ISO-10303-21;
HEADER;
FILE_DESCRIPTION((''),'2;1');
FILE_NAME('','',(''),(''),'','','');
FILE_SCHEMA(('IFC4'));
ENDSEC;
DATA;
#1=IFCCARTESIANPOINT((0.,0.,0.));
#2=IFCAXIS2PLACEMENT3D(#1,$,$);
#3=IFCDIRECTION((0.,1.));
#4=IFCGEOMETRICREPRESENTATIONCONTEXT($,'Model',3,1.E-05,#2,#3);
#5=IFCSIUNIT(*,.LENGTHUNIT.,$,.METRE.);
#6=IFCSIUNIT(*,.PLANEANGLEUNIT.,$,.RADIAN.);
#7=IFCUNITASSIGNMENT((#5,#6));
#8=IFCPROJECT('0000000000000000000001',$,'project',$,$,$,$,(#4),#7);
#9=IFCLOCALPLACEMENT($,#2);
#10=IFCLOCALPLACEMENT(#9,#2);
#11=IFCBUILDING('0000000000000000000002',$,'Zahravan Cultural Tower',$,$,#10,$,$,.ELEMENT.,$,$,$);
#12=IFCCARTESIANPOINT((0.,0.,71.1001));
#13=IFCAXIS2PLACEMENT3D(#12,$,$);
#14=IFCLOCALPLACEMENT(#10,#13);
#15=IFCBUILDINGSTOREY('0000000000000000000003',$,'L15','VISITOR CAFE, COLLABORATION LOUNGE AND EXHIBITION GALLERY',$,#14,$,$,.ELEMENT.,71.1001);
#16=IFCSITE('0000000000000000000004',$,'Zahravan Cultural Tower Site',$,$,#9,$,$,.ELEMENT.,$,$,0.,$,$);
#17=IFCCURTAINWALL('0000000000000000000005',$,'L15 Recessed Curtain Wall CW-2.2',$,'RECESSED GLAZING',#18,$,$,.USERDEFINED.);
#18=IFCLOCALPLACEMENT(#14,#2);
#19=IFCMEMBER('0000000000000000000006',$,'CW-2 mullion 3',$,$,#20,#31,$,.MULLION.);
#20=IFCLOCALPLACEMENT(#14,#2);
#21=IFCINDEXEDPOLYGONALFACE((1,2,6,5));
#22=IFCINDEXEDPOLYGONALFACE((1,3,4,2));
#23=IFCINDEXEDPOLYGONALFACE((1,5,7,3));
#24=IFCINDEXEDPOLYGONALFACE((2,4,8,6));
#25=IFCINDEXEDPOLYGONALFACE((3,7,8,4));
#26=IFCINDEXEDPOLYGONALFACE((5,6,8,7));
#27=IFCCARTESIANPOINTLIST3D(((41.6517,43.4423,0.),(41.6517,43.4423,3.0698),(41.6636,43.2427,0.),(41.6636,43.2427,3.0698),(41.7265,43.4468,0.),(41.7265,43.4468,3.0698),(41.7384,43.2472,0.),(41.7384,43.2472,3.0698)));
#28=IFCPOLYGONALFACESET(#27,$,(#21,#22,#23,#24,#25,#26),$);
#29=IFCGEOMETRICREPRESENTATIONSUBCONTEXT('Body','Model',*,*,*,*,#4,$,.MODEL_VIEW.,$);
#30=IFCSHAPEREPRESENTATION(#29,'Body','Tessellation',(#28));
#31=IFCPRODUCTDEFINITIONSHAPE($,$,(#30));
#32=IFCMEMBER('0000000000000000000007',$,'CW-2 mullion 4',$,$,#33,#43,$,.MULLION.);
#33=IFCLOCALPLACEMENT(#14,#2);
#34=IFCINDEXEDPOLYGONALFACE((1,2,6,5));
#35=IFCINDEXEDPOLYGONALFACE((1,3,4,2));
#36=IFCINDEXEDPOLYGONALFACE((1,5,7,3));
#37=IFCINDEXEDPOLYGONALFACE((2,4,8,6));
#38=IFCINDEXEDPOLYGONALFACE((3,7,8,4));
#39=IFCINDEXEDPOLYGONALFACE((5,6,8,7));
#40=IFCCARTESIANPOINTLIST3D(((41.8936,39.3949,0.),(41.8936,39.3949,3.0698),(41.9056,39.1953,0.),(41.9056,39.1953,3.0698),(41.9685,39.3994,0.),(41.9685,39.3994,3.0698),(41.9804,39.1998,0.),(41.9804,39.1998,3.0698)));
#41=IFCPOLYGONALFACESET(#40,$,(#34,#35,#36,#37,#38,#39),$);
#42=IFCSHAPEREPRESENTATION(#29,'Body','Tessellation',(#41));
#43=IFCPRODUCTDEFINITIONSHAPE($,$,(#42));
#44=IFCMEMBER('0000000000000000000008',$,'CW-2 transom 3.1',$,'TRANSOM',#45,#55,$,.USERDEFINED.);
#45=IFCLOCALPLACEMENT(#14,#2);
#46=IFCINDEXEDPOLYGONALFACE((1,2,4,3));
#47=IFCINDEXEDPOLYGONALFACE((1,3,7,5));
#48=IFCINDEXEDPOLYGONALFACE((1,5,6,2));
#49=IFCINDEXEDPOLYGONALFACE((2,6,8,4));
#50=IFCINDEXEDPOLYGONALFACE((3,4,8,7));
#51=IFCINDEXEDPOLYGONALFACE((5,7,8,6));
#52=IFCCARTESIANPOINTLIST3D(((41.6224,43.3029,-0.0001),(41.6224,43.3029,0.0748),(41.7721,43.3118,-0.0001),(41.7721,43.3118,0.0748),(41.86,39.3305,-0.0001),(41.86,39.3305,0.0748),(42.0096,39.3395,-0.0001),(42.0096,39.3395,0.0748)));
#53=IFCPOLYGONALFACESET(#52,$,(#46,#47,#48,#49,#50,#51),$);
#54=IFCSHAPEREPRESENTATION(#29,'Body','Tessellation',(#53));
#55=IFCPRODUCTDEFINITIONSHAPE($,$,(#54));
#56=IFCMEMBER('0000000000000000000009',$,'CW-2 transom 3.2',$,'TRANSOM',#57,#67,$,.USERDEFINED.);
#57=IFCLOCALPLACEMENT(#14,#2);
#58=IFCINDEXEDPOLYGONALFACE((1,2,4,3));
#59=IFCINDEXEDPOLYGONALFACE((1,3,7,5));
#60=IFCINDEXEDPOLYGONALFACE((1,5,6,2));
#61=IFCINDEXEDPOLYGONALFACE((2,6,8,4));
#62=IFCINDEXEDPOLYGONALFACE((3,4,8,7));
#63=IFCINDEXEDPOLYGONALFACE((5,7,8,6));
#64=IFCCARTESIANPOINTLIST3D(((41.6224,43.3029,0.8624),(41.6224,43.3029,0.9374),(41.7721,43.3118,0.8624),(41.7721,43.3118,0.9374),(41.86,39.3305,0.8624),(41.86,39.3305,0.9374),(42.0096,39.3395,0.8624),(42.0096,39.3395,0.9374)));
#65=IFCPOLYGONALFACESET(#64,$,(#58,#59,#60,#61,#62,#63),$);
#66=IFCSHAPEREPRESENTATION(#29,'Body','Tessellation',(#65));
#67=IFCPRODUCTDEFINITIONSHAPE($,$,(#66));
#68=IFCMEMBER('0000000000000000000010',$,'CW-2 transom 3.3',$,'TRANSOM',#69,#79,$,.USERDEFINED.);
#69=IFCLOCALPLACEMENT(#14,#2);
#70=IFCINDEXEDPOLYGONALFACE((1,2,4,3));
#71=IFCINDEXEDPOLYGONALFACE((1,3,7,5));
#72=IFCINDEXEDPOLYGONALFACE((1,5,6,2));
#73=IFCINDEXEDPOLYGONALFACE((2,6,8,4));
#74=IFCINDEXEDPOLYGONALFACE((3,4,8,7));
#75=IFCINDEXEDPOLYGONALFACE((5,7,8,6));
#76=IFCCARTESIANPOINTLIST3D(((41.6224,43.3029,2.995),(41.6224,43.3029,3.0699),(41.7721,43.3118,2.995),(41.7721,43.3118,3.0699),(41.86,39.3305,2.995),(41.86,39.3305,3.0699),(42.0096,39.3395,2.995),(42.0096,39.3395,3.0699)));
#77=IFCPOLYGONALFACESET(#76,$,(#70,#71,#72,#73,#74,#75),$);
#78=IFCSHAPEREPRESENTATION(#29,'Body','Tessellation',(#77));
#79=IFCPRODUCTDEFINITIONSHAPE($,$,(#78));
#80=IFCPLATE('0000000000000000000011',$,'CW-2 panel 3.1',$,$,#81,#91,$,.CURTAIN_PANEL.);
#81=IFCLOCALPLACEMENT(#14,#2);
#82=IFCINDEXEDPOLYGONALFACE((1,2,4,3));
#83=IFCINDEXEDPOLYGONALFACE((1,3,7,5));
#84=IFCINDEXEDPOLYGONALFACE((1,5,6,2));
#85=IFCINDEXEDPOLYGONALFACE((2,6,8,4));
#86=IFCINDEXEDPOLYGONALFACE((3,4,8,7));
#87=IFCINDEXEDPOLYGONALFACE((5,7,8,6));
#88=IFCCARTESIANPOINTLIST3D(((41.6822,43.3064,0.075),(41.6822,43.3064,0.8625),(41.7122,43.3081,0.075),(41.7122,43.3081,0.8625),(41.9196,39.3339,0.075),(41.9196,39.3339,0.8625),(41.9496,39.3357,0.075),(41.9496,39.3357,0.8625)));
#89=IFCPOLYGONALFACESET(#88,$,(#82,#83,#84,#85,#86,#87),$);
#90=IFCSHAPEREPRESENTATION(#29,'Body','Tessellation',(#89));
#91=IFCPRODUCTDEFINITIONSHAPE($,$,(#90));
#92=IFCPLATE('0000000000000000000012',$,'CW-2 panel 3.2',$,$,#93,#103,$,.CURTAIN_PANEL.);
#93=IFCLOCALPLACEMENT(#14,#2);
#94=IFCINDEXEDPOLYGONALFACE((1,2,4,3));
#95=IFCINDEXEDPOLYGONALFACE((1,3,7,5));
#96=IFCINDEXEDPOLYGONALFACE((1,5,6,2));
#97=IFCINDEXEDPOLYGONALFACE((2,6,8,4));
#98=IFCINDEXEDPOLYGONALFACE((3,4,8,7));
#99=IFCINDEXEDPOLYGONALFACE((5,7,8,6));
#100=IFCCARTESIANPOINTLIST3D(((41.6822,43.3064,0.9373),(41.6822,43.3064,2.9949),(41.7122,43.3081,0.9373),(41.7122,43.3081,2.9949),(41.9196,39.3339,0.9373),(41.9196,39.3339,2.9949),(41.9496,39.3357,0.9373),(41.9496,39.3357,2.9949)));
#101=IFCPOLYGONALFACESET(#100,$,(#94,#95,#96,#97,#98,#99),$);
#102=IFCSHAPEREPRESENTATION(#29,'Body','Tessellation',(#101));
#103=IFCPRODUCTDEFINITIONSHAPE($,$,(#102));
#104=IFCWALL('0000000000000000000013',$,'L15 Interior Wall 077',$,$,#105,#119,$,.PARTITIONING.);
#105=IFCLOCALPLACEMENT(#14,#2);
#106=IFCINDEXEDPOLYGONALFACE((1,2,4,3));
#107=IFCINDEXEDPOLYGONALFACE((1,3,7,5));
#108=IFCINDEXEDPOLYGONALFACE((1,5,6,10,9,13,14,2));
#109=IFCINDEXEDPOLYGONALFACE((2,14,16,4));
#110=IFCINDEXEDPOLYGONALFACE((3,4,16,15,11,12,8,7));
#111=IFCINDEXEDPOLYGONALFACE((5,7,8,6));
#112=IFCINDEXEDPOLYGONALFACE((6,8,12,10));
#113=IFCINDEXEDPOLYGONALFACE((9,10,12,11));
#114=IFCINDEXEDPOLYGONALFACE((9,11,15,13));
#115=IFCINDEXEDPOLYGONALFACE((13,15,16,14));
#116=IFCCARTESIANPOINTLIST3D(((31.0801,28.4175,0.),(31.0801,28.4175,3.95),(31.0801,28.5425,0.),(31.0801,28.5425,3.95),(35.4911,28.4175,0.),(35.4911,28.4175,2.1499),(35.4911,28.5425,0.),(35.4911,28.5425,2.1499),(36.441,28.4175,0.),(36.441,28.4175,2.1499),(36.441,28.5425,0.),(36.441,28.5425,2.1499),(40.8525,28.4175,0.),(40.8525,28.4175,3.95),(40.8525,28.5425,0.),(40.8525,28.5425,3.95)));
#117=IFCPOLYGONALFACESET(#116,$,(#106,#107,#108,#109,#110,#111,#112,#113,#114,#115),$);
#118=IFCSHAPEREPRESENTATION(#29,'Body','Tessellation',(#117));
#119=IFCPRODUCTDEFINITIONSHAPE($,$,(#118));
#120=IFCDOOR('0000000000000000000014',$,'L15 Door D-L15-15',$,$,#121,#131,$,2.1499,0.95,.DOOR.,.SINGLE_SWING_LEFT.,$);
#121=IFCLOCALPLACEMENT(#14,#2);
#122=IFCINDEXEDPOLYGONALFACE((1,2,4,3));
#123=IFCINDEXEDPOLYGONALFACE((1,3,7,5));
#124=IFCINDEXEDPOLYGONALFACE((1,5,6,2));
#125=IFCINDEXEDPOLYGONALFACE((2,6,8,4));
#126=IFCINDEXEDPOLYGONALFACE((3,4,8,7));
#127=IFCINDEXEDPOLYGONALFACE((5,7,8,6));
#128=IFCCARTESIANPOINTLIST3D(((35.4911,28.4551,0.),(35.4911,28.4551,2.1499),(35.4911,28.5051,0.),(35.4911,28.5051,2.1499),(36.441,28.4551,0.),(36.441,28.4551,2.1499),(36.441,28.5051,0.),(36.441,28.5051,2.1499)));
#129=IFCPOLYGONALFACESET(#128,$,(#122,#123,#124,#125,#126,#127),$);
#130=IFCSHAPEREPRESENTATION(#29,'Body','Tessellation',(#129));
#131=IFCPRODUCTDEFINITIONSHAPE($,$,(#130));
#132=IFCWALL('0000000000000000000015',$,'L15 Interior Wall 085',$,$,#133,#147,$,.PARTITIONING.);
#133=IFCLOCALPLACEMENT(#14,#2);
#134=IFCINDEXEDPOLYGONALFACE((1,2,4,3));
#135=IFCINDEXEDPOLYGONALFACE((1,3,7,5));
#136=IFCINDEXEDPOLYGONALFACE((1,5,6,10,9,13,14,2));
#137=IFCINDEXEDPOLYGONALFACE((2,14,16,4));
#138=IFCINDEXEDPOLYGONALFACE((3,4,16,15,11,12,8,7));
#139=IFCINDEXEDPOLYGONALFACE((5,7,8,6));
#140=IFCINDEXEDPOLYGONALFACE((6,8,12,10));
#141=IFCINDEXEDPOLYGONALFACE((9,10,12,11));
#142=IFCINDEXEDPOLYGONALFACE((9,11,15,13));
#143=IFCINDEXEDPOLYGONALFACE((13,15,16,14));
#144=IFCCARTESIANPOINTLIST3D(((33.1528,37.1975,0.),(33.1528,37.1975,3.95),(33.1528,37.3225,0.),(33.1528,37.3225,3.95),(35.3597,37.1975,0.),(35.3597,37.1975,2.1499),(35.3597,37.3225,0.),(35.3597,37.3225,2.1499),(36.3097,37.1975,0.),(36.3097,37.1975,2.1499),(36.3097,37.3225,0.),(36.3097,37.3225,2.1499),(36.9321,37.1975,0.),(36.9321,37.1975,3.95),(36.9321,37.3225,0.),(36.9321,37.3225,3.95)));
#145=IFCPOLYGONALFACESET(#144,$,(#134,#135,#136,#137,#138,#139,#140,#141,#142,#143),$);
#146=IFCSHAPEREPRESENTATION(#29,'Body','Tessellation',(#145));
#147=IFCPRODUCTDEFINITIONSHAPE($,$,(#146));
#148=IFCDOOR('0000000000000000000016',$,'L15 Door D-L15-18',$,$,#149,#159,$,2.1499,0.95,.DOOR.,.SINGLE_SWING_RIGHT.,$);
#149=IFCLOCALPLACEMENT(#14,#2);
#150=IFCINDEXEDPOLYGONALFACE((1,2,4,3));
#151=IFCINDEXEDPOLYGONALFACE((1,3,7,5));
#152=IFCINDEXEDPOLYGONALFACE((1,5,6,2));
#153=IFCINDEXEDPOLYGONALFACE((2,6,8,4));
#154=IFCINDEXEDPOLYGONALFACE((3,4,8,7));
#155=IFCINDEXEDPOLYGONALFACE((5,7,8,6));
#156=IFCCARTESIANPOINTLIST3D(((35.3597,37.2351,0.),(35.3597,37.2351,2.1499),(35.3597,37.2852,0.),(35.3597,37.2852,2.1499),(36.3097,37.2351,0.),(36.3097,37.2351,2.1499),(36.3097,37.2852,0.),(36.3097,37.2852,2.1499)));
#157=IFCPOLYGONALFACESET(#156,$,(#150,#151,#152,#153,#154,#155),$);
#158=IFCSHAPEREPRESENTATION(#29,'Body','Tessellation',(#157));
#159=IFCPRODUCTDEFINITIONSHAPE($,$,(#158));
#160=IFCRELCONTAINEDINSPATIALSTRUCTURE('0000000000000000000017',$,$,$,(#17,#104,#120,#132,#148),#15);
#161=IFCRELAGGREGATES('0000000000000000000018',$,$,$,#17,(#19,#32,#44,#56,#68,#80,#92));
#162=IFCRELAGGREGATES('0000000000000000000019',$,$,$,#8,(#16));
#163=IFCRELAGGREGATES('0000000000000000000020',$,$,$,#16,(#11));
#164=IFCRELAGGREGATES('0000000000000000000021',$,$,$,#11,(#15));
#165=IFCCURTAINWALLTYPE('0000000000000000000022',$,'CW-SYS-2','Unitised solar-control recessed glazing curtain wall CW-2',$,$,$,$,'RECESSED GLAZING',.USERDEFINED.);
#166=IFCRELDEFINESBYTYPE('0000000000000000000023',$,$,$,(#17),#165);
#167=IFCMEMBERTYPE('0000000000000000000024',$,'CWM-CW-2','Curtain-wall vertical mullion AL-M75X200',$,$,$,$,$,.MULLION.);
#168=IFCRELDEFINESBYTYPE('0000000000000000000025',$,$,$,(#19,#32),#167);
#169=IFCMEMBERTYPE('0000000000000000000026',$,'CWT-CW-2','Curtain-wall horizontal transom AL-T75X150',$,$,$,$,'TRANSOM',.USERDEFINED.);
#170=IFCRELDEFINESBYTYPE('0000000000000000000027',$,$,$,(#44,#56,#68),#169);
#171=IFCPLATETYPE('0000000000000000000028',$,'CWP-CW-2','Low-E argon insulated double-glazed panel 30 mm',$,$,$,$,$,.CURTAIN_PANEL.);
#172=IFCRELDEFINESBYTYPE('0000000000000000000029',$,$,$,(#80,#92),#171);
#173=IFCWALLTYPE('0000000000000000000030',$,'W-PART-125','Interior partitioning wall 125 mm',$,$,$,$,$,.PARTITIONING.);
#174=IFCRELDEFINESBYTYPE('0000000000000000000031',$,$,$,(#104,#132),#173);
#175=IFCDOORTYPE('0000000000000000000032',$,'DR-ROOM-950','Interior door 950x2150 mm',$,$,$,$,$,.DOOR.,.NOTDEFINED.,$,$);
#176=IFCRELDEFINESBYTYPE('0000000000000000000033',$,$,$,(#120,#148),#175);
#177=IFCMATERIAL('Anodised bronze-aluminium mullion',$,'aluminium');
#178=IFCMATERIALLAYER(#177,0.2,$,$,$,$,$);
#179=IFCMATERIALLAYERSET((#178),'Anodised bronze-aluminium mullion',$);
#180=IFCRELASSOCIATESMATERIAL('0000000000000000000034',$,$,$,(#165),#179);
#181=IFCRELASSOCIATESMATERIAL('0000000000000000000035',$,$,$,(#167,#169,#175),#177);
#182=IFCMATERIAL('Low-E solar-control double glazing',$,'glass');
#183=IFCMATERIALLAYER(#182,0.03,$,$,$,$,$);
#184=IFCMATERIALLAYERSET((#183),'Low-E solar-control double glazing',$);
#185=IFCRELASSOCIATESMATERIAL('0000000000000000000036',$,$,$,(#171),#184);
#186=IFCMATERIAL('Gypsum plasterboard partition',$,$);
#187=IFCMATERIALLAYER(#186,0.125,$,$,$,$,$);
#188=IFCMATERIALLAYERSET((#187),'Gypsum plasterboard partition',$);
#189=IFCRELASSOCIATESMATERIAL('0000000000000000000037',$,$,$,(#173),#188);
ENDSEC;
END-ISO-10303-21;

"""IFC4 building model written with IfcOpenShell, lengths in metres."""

from ifc_helpers import new_model, si_unit, direction, frame, frame_2d, origin, origin_2d, place, context, subcontext, project, spatial, rectangle, extrude, source, transform, mapped, material, layer, layer_set, material_profile, profile_set, type_object, element, fill, aggregate, save


model = new_model("IFC4")

# Units and contexts
model_context = context("Model", 3, precision=1e-05, world=origin(), true_north=direction((0.0, 1.0)))
body_context = subcontext(model_context, "Body", "Model", "MODEL_VIEW")
ifc_project = project(units=[si_unit("LENGTHUNIT", "METRE"), si_unit("PLANEANGLEUNIT", "RADIAN")], contexts=[model_context])

# Site, building, storey
site_placement = place(None, origin())
site = spatial("IfcSite", under=ifc_project, at=site_placement, Name="Zahravan Cultural Tower Site", CompositionType="ELEMENT", RefElevation=0.0)
building_placement = place(site_placement, origin())
building = spatial("IfcBuilding", under=site, at=building_placement, Name="Zahravan Cultural Tower", CompositionType="ELEMENT")
storey_placement = place(building_placement, frame((0.0, 0.0, 71.1001)))
storey = spatial("IfcBuildingStorey", under=building, at=storey_placement, Name="L15", Description="VISITOR CAFE, COLLABORATION LOUNGE AND EXHIBITION GALLERY", CompositionType="ELEMENT", Elevation=71.1001)

# Curtain wall, members, plates
ifc_material_1 = material(Name="Anodised bronze-aluminium mullion", Category="aluminium")
ifc_layer_1 = layer(ifc_material_1, 0.2)
ifc_layer_set_1 = layer_set([ifc_layer_1], Name="Anodised bronze-aluminium mullion")
curtain_wall_type = type_object("IfcCurtainWallType", Name="CW-SYS-2", Description="Unitised solar-control recessed glazing curtain wall CW-2", ElementType="RECESSED GLAZING", PredefinedType="USERDEFINED", material=ifc_layer_set_1)
curtain_wall_placement = place(storey_placement, origin())
curtain_wall = element("IfcCurtainWall", 1, at=curtain_wall_placement, inside=storey, type_object=curtain_wall_type, Name="L15 Recessed Curtain Wall CW-2.2", ObjectType="RECESSED GLAZING", PredefinedType="USERDEFINED")
ifc_material_profile_1 = material_profile(ifc_material_1, rectangle(XDim=0.075, YDim=0.2, at=origin_2d()), Name="AL-M75X200")
ifc_profile_set_1 = profile_set([ifc_material_profile_1], Name="Anodised bronze-aluminium mullion")
member_type_1 = type_object("IfcMemberType", Name="CWM-CW-2", Description="Curtain-wall vertical mullion AL-M75X200", PredefinedType="MULLION", material=ifc_profile_set_1)
shared_shape_1 = source(origin(), body_context, "Body", "SweptSolid", [
    extrude(rectangle(XDim=0.075, YDim=0.2, at=origin_2d()), origin(), (0.0, 0.0, 1.0), 3.0698),
])
member_1_placement = place(storey_placement, frame((41.6951, 43.3447, 0.0), z_axis=(0.0, 0.0, 1.0), x_axis=(0.998219, 0.059652, 0.0)))
member_1 = element("IfcMember", 2, at=member_1_placement, type_object=member_type_1, Name="CW-2 mullion 3", PredefinedType="MULLION", context=body_context, shape_type="MappedRepresentation", body=[
    mapped(shared_shape_1, transform((0.0, 0.0, 0.0), x_axis=(1.0, 0.0, 0.0), y_axis=(0.0, 1.0, 0.0), z_axis=(0.0, 0.0, 1.0), scale=1.0)),
])
member_2_placement = place(storey_placement, frame((41.937, 39.2974, 0.0), z_axis=(0.0, 0.0, 1.0), x_axis=(0.998219, 0.059652, 0.0)))
member_2 = element("IfcMember", 3, at=member_2_placement, type_object=member_type_1, Name="CW-2 mullion 4", PredefinedType="MULLION", context=body_context, shape_type="MappedRepresentation", body=[
    mapped(shared_shape_1, transform((0.0, 0.0, 0.0), x_axis=(1.0, 0.0, 0.0), y_axis=(0.0, 1.0, 0.0), z_axis=(0.0, 0.0, 1.0), scale=1.0)),
])
ifc_material_profile_2 = material_profile(ifc_material_1, rectangle(XDim=0.1499, YDim=0.075, at=origin_2d()), Name="AL-T75X150")
ifc_profile_set_2 = profile_set([ifc_material_profile_2], Name="Anodised bronze-aluminium mullion")
member_type_2 = type_object("IfcMemberType", Name="CWT-CW-2", Description="Curtain-wall horizontal transom AL-T75X150", ElementType="TRANSOM", PredefinedType="USERDEFINED", material=ifc_profile_set_2)
shared_shape_2 = source(origin(), body_context, "Body", "SweptSolid", [
    extrude(rectangle(XDim=0.1499, YDim=0.075, at=origin_2d()), origin(), (0.0, 0.0, 1.0), 3.9795),
])
member_3_placement = place(storey_placement, frame((41.6973, 43.3074, 0.0374), z_axis=(0.059693, -0.998217, 0.0), x_axis=(0.998217, 0.059693, 0.0)))
member_3 = element("IfcMember", 4, at=member_3_placement, type_object=member_type_2, Name="CW-2 transom 3.1", ObjectType="TRANSOM", PredefinedType="USERDEFINED", context=body_context, shape_type="MappedRepresentation", body=[
    mapped(shared_shape_2, transform((0.0, 0.0, 0.0), x_axis=(1.0, 0.0, 0.0), y_axis=(0.0, 1.0, 0.0), z_axis=(0.0, 0.0, 1.0), scale=1.0)),
])
member_4_placement = place(storey_placement, frame((41.6973, 43.3074, 0.8999), z_axis=(0.059693, -0.998217, 0.0), x_axis=(0.998217, 0.059693, 0.0)))
member_4 = element("IfcMember", 5, at=member_4_placement, type_object=member_type_2, Name="CW-2 transom 3.2", ObjectType="TRANSOM", PredefinedType="USERDEFINED", context=body_context, shape_type="MappedRepresentation", body=[
    mapped(shared_shape_2, transform((0.0, 0.0, 0.0), x_axis=(1.0, 0.0, 0.0), y_axis=(0.0, 1.0, 0.0), z_axis=(0.0, 0.0, 1.0), scale=1.0)),
])
member_5_placement = place(storey_placement, frame((41.6973, 43.3074, 3.0325), z_axis=(0.059693, -0.998217, 0.0), x_axis=(0.998217, 0.059693, 0.0)))
member_5 = element("IfcMember", 6, at=member_5_placement, type_object=member_type_2, Name="CW-2 transom 3.3", ObjectType="TRANSOM", PredefinedType="USERDEFINED", context=body_context, shape_type="MappedRepresentation", body=[
    mapped(shared_shape_2, transform((0.0, 0.0, 0.0), x_axis=(1.0, 0.0, 0.0), y_axis=(0.0, 1.0, 0.0), z_axis=(0.0, 0.0, 1.0), scale=1.0)),
])
ifc_material_2 = material(Name="Low-E solar-control double glazing", Category="glass")
ifc_layer_2 = layer(ifc_material_2, 0.03)
ifc_layer_set_2 = layer_set([ifc_layer_2], Name="Low-E solar-control double glazing")
plate_type = type_object("IfcPlateType", Name="CWP-CW-2", Description="Low-E argon insulated double-glazed panel 30 mm", PredefinedType="CURTAIN_PANEL", material=ifc_layer_set_2)
shared_shape_3 = source(origin(), body_context, "Body", "SweptSolid", [
    extrude(rectangle(XDim=3.9795, YDim=0.03, at=origin_2d()), origin(), (0.0, 0.0, 1.0), 0.7876),
])
plate_1_placement = place(storey_placement, frame((41.8159, 41.321, 0.075), z_axis=(0.0, 0.0, 1.0), x_axis=(0.059652, -0.998219, 0.0)))
plate_1 = element("IfcPlate", 7, at=plate_1_placement, type_object=plate_type, Name="CW-2 panel 3.1", PredefinedType="CURTAIN_PANEL", context=body_context, shape_type="MappedRepresentation", body=[
    mapped(shared_shape_3, transform((0.0, 0.0, 0.0), x_axis=(1.0, 0.0, 0.0), y_axis=(0.0, 1.0, 0.0), z_axis=(0.0, 0.0, 1.0), scale=1.0)),
])
shared_shape_4 = source(origin(), body_context, "Body", "SweptSolid", [
    extrude(rectangle(XDim=3.9795, YDim=0.03, at=origin_2d()), origin(), (0.0, 0.0, 1.0), 2.0576),
])
plate_2_placement = place(storey_placement, frame((41.8159, 41.321, 0.9373), z_axis=(0.0, 0.0, 1.0), x_axis=(0.059652, -0.998219, 0.0)))
plate_2 = element("IfcPlate", 8, at=plate_2_placement, type_object=plate_type, Name="CW-2 panel 3.2", PredefinedType="CURTAIN_PANEL", context=body_context, shape_type="MappedRepresentation", body=[
    mapped(shared_shape_4, transform((0.0, 0.0, 0.0), x_axis=(1.0, 0.0, 0.0), y_axis=(0.0, 1.0, 0.0), z_axis=(0.0, 0.0, 1.0), scale=1.0)),
])
aggregate(curtain_wall, [member_1, member_2, member_3, member_4, member_5, plate_1, plate_2])

# Walls, openings, doors
ifc_material_3 = material(Name="Gypsum plasterboard partition")
ifc_layer_3 = layer(ifc_material_3, 0.125)
ifc_layer_set_3 = layer_set([ifc_layer_3], Name="Gypsum plasterboard partition")
wall_type_1 = type_object("IfcWallType", Name="W-PART-125", Description="Interior partitioning wall 125 mm", PredefinedType="PARTITIONING", material=ifc_layer_set_3)
wall_1_placement = place(storey_placement, frame((40.8525, 28.48, 0.0), z_axis=(0.0, 0.0, 1.0), x_axis=(-1.0, 0.0, 0.0)))
wall_1 = element("IfcWall", 9, at=wall_1_placement, inside=storey, type_object=wall_type_1, Name="L15 Interior Wall 077", PredefinedType="PARTITIONING", context=body_context, shape_type="SweptSolid", body=[
    extrude(rectangle(XDim=9.7725, YDim=0.125, at=frame_2d((4.8862, 0.0))), origin(), (0.0, 0.0, 1.0), 3.95),
])
opening_1_placement = place(wall_1_placement, frame((4.4114, 0.0, 0.0)))
opening_1 = element("IfcOpeningElement", 10, at=opening_1_placement, cuts=wall_1, PredefinedType="OPENING", context=body_context, shape_type="SweptSolid", body=[
    extrude(rectangle(XDim=0.95, YDim=2.1499, at=frame_2d((0.4751, 1.075))), frame((0.0, 0.0725, 0.0), z_axis=(0.0, -1.0, 0.0), x_axis=(1.0, 0.0, 0.0)), (0.0, 0.0, 1.0), 0.145),
])
door_type = type_object("IfcDoorType", Name="DR-ROOM-950", Description="Interior door 950x2150 mm", OperationType="NOTDEFINED", PredefinedType="DOOR", material=ifc_material_1)
shared_shape_5 = source(origin(), body_context, "Body", "SweptSolid", [
    extrude(rectangle(XDim=0.95, YDim=2.1499, at=frame_2d((0.4751, 1.075))), frame((0.0, 0.0249, 0.0), z_axis=(0.0, -1.0, 0.0), x_axis=(1.0, 0.0, 0.0)), (0.0, 0.0, 1.0), 0.05),
])
door_1_placement = place(opening_1_placement, origin())
door_1 = element("IfcDoor", 11, at=door_1_placement, inside=storey, type_object=door_type, Name="L15 Door D-L15-15", OperationType="SINGLE_SWING_LEFT", OverallHeight=2.1499, OverallWidth=0.95, PredefinedType="DOOR", context=body_context, shape_type="MappedRepresentation", body=[
    mapped(shared_shape_5, transform((0.0, 0.0, 0.0), x_axis=(1.0, 0.0, 0.0), y_axis=(0.0, 1.0, 0.0), z_axis=(0.0, 0.0, 1.0), scale=1.0)),
])
fill(opening_1, door_1)
wall_2_placement = place(storey_placement, frame((36.9321, 37.26, 0.0), z_axis=(0.0, 0.0, 1.0), x_axis=(-1.0, 0.0, 0.0)))
wall_2 = element("IfcWall", 12, at=wall_2_placement, inside=storey, type_object=wall_type_1, Name="L15 Interior Wall 085", PredefinedType="PARTITIONING", context=body_context, shape_type="SweptSolid", body=[
    extrude(rectangle(XDim=3.7793, YDim=0.125, at=frame_2d((1.8896, 0.0))), origin(), (0.0, 0.0, 1.0), 3.95),
])
opening_2_placement = place(wall_2_placement, frame((0.6223, 0.0, 0.0)))
opening_2 = element("IfcOpeningElement", 13, at=opening_2_placement, cuts=wall_2, PredefinedType="OPENING", context=body_context, shape_type="SweptSolid", body=[
    extrude(rectangle(XDim=0.95, YDim=2.1499, at=frame_2d((0.4751, 1.075))), frame((0.0, 0.0725, 0.0), z_axis=(0.0, -1.0, 0.0), x_axis=(1.0, 0.0, 0.0)), (0.0, 0.0, 1.0), 0.145),
])
door_2_placement = place(opening_2_placement, origin())
door_2 = element("IfcDoor", 14, at=door_2_placement, inside=storey, type_object=door_type, Name="L15 Door D-L15-18", OperationType="SINGLE_SWING_RIGHT", OverallHeight=2.1499, OverallWidth=0.95, PredefinedType="DOOR", context=body_context, shape_type="MappedRepresentation", body=[
    mapped(shared_shape_5, transform((0.0, 0.0, 0.0), x_axis=(1.0, 0.0, 0.0), y_axis=(0.0, 1.0, 0.0), z_axis=(0.0, 0.0, 1.0), scale=1.0)),
])
fill(opening_2, door_2)

save(model, "model.ifc")
